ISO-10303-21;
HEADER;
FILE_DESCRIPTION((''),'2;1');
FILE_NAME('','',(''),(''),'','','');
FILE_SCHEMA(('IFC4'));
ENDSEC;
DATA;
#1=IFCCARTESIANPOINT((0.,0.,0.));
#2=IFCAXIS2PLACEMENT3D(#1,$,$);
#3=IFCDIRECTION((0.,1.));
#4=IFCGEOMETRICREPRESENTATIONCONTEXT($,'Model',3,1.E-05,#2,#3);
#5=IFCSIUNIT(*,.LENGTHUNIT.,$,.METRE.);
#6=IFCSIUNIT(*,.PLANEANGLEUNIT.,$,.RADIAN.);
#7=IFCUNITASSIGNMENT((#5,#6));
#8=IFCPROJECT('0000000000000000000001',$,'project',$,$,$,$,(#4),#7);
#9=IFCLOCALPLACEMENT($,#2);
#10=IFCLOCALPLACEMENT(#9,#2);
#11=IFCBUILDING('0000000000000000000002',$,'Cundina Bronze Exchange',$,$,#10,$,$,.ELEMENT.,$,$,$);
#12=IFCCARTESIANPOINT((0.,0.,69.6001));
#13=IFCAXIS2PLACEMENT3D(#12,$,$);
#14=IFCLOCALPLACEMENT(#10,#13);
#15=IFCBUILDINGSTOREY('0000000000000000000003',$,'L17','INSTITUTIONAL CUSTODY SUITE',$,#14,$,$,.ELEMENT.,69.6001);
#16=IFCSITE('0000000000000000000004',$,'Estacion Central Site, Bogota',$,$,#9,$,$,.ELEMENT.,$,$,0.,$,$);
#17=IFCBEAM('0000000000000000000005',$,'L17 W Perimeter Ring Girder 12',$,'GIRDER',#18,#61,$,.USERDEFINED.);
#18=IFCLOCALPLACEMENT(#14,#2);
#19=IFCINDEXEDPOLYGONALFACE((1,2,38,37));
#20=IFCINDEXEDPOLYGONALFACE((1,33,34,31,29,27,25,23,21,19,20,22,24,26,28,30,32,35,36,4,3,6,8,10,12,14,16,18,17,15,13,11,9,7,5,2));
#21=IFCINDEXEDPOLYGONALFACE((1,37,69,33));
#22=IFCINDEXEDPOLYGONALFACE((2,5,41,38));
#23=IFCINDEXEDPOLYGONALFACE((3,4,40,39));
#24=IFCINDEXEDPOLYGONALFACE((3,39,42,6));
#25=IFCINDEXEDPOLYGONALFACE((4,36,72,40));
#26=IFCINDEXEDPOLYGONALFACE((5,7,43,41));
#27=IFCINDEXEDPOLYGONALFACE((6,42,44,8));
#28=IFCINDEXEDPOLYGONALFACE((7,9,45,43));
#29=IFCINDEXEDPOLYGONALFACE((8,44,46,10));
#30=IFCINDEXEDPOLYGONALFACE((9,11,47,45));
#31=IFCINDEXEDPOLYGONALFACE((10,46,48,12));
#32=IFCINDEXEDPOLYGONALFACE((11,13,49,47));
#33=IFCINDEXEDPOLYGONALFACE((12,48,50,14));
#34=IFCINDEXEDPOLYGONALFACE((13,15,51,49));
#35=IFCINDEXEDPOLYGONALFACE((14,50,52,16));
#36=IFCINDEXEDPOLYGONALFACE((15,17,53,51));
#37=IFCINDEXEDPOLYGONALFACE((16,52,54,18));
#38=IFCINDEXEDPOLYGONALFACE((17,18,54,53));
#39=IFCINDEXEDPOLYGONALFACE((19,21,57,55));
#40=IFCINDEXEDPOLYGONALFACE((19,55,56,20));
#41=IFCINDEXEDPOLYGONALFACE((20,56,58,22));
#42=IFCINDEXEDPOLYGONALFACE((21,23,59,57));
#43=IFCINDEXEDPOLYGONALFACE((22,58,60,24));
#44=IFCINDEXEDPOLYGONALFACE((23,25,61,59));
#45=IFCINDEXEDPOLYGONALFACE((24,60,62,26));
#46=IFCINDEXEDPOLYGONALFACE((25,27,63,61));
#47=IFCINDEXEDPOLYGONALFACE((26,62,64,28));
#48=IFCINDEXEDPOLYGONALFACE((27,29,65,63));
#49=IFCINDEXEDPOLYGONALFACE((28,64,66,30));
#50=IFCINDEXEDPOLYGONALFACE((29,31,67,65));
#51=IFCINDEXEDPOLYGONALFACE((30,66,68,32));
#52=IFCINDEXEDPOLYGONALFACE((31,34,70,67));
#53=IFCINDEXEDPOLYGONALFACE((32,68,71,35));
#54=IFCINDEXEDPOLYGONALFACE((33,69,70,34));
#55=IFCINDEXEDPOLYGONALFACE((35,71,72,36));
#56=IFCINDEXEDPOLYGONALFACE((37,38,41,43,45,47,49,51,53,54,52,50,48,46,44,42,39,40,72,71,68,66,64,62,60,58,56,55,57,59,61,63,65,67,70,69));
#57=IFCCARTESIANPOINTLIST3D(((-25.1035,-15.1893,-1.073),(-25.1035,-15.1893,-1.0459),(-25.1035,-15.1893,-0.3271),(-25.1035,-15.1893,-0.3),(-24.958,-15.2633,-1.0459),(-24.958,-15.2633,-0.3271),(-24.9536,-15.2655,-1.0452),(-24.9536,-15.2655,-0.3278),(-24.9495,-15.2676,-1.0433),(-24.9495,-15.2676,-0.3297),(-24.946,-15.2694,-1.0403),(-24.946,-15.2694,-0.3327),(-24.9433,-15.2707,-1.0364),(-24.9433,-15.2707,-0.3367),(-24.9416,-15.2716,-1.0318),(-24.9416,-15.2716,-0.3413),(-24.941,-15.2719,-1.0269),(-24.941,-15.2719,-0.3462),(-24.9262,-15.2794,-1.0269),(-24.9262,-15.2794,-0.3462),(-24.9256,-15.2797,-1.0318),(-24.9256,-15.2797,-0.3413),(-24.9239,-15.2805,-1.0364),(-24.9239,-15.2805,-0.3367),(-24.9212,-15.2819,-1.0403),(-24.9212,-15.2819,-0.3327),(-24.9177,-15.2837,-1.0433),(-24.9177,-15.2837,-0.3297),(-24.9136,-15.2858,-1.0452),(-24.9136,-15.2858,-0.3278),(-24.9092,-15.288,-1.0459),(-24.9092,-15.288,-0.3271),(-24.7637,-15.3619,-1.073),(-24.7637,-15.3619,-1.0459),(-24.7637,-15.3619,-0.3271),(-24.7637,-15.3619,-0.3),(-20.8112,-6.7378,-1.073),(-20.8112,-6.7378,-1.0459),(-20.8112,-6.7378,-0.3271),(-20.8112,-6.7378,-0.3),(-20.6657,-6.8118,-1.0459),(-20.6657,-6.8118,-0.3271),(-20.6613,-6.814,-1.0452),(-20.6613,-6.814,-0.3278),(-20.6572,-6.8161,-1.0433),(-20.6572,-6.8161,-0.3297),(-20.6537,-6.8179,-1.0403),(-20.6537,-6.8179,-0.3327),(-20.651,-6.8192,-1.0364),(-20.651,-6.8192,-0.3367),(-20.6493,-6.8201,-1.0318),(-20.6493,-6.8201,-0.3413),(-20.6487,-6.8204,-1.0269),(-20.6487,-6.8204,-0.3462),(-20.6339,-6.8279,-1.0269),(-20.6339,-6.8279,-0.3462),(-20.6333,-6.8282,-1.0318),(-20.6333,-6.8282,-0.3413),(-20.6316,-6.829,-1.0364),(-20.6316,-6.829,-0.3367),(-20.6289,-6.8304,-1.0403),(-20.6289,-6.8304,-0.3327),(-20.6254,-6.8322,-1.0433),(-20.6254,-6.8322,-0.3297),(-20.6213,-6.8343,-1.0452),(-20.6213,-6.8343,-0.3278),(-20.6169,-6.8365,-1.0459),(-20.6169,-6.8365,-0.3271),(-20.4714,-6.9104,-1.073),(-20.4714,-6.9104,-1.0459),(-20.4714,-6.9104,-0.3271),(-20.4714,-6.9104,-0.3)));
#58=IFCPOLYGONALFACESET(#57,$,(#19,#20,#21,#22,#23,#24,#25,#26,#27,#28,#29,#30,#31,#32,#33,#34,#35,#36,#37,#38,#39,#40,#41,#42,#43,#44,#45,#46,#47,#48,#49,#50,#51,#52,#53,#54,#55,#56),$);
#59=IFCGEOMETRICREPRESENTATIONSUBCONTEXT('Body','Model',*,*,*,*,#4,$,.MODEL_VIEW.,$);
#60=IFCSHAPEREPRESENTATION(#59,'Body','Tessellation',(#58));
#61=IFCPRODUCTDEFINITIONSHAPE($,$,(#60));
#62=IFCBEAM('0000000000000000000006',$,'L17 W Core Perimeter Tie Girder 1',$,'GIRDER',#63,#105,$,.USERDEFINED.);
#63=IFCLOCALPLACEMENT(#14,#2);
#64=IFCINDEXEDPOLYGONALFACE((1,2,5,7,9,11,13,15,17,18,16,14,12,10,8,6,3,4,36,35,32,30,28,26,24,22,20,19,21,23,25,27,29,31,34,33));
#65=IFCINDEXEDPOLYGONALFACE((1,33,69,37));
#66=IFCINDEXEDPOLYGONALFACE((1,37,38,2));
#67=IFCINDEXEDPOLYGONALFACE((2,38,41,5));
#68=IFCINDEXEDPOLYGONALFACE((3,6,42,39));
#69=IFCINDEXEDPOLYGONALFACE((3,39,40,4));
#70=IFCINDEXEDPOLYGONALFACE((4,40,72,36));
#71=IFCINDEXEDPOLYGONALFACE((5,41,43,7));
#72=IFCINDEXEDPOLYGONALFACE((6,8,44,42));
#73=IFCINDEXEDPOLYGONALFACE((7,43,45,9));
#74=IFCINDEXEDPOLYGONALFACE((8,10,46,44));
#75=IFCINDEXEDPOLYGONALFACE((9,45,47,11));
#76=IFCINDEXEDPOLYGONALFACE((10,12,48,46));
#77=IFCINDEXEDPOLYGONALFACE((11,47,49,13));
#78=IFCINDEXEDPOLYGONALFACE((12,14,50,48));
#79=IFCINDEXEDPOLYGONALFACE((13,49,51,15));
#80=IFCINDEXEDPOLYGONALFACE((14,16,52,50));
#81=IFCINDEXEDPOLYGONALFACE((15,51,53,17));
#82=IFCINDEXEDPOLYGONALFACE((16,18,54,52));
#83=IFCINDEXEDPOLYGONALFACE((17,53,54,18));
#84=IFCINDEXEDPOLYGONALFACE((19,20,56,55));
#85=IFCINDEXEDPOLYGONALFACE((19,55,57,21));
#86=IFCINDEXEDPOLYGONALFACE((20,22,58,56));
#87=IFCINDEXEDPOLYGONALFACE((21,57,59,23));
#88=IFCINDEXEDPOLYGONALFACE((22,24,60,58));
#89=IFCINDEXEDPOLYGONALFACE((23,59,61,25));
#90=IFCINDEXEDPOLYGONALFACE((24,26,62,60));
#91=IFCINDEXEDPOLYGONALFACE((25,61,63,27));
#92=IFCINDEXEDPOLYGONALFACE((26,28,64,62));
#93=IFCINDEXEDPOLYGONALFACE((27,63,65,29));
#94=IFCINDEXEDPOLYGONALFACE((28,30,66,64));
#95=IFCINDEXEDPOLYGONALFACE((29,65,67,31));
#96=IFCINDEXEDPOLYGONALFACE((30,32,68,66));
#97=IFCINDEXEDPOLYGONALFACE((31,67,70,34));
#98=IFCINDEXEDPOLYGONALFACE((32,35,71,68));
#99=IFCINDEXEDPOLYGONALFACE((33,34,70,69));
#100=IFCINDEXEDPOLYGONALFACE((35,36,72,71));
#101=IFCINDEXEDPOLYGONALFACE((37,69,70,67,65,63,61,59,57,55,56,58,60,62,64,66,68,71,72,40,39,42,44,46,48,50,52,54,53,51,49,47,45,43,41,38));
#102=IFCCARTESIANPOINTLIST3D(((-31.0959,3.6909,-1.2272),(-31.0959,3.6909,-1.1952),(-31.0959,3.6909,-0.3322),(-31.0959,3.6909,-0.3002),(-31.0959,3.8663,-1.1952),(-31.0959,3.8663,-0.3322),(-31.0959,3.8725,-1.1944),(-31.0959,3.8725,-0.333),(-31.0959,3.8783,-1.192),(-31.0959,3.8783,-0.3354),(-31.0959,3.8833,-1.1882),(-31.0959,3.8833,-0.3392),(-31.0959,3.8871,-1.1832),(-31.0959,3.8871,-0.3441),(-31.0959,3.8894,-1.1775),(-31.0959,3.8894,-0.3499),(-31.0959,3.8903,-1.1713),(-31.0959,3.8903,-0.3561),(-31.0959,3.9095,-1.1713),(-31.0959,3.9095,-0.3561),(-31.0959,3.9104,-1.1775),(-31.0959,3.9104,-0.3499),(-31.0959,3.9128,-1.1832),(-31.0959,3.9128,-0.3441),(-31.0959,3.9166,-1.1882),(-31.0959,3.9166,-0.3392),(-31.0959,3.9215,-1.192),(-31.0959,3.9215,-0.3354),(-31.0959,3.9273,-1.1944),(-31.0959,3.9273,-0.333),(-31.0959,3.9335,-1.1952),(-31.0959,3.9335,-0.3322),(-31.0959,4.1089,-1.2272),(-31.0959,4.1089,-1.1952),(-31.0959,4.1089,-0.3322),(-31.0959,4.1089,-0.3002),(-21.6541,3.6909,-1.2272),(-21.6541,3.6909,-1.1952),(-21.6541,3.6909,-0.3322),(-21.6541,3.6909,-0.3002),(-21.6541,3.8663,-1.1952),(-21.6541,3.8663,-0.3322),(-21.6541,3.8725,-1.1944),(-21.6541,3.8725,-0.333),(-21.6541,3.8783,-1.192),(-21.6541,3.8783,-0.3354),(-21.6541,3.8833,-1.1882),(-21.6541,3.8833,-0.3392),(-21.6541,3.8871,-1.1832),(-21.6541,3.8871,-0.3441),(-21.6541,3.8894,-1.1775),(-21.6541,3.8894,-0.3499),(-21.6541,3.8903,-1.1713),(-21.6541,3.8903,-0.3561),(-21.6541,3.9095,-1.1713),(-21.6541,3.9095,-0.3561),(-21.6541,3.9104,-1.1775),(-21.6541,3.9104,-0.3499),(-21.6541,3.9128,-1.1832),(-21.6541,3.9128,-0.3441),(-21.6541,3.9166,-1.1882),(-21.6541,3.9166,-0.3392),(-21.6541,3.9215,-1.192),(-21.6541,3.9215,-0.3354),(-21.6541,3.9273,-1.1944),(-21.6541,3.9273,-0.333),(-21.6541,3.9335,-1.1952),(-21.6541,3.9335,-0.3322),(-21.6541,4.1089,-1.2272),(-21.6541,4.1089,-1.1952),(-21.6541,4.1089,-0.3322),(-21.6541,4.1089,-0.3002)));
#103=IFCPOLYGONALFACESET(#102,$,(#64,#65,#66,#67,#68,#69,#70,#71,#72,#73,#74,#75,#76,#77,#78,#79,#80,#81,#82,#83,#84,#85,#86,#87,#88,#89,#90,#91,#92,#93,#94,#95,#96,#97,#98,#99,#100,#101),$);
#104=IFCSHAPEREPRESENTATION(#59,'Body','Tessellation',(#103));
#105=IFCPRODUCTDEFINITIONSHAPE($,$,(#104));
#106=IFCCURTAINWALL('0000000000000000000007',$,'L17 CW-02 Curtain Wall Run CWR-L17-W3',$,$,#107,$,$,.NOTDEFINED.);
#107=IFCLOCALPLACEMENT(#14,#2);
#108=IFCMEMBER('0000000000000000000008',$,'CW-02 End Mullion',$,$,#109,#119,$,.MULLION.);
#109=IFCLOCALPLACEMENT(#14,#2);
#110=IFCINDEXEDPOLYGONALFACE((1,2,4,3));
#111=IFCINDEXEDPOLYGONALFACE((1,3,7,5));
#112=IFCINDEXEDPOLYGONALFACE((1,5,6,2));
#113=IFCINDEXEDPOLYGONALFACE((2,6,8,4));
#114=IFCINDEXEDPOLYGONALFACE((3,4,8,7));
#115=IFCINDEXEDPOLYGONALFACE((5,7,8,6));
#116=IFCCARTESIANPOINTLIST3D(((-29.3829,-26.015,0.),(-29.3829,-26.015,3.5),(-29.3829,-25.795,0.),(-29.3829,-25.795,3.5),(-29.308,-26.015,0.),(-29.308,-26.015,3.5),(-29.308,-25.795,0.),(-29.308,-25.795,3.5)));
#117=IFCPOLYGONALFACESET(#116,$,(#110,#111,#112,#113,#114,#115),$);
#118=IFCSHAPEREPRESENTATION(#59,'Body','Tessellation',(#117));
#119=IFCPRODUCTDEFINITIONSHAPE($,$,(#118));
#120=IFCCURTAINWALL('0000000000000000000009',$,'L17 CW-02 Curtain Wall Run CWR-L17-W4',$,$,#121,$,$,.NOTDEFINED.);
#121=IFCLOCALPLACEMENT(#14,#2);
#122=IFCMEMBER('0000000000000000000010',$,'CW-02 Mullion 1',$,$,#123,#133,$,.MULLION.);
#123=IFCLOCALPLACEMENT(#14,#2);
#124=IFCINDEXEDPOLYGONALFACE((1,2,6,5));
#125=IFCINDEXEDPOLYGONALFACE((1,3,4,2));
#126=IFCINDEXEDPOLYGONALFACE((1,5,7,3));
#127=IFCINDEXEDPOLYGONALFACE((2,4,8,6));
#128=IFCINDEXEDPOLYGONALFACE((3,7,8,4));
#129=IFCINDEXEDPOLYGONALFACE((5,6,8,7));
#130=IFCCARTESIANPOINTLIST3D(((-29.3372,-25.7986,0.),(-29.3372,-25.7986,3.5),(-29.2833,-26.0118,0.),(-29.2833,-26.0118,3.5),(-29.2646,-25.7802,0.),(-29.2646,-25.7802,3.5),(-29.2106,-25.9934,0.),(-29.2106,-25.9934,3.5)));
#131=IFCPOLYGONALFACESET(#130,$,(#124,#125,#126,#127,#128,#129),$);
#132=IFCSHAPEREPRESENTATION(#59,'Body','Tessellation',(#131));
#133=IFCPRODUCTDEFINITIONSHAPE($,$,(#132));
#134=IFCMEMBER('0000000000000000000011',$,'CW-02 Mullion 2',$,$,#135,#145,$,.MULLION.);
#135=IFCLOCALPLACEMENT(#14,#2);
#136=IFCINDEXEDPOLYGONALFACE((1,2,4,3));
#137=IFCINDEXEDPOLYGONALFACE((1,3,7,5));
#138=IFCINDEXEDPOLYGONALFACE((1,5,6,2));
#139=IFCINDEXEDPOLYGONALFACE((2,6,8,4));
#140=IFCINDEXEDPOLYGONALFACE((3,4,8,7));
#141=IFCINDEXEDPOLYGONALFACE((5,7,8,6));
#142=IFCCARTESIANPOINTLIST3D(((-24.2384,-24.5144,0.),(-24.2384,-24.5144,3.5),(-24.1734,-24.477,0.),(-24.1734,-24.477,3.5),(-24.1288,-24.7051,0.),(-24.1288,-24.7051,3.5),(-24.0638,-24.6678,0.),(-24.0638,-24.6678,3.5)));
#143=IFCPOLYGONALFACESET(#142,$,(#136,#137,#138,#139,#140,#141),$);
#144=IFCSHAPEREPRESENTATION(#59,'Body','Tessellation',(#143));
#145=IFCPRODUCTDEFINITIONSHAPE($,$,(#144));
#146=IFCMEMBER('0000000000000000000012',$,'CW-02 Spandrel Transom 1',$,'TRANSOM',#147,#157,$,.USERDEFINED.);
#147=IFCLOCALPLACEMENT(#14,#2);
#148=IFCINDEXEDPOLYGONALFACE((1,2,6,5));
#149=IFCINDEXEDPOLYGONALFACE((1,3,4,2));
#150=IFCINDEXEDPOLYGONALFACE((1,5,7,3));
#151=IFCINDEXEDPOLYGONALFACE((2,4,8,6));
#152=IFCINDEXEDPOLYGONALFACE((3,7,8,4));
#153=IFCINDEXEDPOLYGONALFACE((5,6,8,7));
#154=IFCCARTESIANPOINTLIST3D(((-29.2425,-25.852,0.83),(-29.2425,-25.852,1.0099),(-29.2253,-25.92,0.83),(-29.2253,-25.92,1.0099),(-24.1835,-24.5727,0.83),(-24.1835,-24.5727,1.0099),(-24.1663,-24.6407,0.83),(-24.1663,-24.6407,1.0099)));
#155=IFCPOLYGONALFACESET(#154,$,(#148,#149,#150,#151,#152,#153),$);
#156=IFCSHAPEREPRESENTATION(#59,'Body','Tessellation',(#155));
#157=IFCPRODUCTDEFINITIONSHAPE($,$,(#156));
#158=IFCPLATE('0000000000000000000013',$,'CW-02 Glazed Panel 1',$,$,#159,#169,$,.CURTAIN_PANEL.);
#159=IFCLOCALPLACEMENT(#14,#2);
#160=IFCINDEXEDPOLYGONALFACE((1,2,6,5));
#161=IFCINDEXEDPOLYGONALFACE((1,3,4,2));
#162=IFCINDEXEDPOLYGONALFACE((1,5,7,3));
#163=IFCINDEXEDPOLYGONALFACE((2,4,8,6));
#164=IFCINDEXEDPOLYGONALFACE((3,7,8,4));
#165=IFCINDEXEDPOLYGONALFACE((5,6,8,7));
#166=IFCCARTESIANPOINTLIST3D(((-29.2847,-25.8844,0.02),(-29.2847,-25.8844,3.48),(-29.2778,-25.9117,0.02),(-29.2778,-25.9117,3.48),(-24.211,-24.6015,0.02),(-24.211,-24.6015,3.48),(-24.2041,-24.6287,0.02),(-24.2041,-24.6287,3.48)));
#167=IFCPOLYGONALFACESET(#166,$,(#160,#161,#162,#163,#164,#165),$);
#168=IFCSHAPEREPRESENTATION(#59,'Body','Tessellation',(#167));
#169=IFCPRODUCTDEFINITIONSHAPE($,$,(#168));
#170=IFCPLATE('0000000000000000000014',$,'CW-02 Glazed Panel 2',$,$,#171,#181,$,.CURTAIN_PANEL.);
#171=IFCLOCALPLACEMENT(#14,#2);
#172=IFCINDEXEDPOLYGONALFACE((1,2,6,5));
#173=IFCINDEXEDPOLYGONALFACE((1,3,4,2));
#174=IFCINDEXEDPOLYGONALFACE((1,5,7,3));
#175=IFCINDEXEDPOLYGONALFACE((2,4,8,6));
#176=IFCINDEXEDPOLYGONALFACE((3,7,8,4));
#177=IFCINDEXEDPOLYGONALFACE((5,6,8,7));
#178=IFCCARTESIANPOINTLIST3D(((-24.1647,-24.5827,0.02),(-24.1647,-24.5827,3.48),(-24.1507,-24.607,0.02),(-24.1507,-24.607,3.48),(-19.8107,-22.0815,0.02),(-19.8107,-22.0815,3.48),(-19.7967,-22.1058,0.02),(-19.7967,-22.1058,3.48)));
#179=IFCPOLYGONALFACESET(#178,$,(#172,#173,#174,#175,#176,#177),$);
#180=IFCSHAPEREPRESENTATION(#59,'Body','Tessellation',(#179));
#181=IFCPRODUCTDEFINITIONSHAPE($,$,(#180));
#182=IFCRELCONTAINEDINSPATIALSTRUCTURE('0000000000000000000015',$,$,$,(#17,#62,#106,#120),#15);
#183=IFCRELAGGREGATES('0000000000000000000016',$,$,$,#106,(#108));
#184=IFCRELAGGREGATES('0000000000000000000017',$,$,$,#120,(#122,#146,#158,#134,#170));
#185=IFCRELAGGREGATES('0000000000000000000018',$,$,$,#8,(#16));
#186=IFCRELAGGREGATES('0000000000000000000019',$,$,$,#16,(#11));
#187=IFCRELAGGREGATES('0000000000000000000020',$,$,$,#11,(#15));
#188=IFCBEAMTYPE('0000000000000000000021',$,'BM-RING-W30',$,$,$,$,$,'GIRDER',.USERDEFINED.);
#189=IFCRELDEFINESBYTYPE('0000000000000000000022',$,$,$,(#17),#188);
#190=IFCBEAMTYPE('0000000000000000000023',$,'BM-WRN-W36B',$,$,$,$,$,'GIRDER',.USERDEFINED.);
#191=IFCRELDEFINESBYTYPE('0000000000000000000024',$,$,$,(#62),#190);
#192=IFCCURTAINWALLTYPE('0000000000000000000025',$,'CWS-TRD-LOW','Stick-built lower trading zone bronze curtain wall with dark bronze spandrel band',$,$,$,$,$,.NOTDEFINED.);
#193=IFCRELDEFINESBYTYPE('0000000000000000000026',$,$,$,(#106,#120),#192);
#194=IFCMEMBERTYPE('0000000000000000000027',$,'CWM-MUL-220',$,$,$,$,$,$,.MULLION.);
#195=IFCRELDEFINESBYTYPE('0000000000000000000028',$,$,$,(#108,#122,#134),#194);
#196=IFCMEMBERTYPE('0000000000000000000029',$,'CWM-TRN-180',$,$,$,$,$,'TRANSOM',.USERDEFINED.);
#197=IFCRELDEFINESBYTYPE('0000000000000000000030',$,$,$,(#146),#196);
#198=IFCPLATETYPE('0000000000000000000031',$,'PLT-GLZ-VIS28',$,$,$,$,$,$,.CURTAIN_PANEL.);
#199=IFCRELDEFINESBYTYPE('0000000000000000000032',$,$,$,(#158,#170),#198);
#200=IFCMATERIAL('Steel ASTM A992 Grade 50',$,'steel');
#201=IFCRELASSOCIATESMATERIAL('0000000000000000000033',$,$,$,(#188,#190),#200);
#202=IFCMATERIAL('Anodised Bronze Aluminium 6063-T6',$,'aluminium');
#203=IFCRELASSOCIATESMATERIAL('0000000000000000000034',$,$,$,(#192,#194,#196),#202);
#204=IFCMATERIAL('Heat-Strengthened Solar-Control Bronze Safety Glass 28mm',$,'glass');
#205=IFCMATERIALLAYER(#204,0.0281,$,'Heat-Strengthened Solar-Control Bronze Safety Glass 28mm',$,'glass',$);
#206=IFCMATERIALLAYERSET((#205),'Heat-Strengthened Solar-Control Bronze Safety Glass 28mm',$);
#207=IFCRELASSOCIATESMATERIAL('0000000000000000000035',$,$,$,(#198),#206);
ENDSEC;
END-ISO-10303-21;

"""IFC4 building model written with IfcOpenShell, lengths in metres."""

from ifc_helpers import new_model, si_unit, direction, frame, origin, origin_2d, place, context, subcontext, project, spatial, rectangle, i_section, extrude, material, layer, layer_set, material_profile, profile_set, type_object, element, aggregate, save


model = new_model("IFC4")

# Units and contexts
model_context = context("Model", 3, precision=1e-05, world=origin(), true_north=direction((0.0, 1.0)))
body_context = subcontext(model_context, "Body", "Model", "MODEL_VIEW")
ifc_project = project(units=[si_unit("LENGTHUNIT", "METRE"), si_unit("PLANEANGLEUNIT", "RADIAN")], contexts=[model_context])

# Site, building, storey
site_placement = place(None, origin())
site = spatial("IfcSite", under=ifc_project, at=site_placement, Name="Estacion Central Site, Bogota", CompositionType="ELEMENT", RefElevation=0.0)
building_placement = place(site_placement, origin())
building = spatial("IfcBuilding", under=site, at=building_placement, Name="Cundina Bronze Exchange", CompositionType="ELEMENT")
storey_placement = place(building_placement, frame((0.0, 0.0, 69.6001)))
storey = spatial("IfcBuildingStorey", under=building, at=storey_placement, Name="L17", Description="INSTITUTIONAL CUSTODY SUITE", CompositionType="ELEMENT", Elevation=69.6001)

# Shared definitions
ifc_material_1 = material(Name="Steel ASTM A992 Grade 50", Category="steel")

# Beams
ifc_material_profile_1 = material_profile(ifc_material_1, i_section(OverallWidth=0.3811, OverallDepth=0.7729, WebThickness=0.0166, FlangeThickness=0.0271, FilletRadius=0.019, at=origin_2d()), Name="W30X173", Category="steel")
ifc_profile_set_1 = profile_set([ifc_material_profile_1], Name="Steel ASTM A992 Grade 50")
beam_type_1 = type_object("IfcBeamType", Name="BM-RING-W30", ElementType="GIRDER", PredefinedType="USERDEFINED", material=ifc_profile_set_1)
beam_1_placement = place(storey_placement, frame((-24.9336, -15.2756, -0.6865), z_axis=(0.45282, 0.891602, 0.0), x_axis=(-0.891602, 0.45282, 0.0)))
element("IfcBeam", 1, at=beam_1_placement, inside=storey, type_object=beam_type_1, Name="L17 W Perimeter Ring Girder 12", ObjectType="GIRDER", PredefinedType="USERDEFINED", context=body_context, shape_type="SweptSolid", body=[
    extrude(i_section(OverallWidth=0.3811, OverallDepth=0.7729, WebThickness=0.0166, FlangeThickness=0.0271, FilletRadius=0.019, at=origin_2d()), origin(), (0.0, 0.0, 1.0), 9.479),
])
ifc_material_profile_2 = material_profile(ifc_material_1, i_section(OverallWidth=0.418, OverallDepth=0.927, WebThickness=0.0193, FlangeThickness=0.032, FilletRadius=0.0239, at=origin_2d()), Name="W36X231", Category="steel")
ifc_profile_set_2 = profile_set([ifc_material_profile_2], Name="Steel ASTM A992 Grade 50")
beam_type_2 = type_object("IfcBeamType", Name="BM-WRN-W36B", ElementType="GIRDER", PredefinedType="USERDEFINED", material=ifc_profile_set_2)
beam_2_placement = place(storey_placement, frame((-31.0959, 3.8999, -0.7637), z_axis=(1.0, 0.0, 0.0), x_axis=(0.0, 1.0, 0.0)))
element("IfcBeam", 2, at=beam_2_placement, inside=storey, type_object=beam_type_2, Name="L17 W Core Perimeter Tie Girder 1", ObjectType="GIRDER", PredefinedType="USERDEFINED", context=body_context, shape_type="SweptSolid", body=[
    extrude(i_section(OverallWidth=0.418, OverallDepth=0.927, WebThickness=0.0193, FlangeThickness=0.032, FilletRadius=0.0239, at=origin_2d()), origin(), (0.0, 0.0, 1.0), 9.4419),
])

# Curtain wall, member
ifc_material_2 = material(Name="Anodised Bronze Aluminium 6063-T6", Category="aluminium")
curtain_wall_type = type_object("IfcCurtainWallType", Name="CWS-TRD-LOW", Description="Stick-built lower trading zone bronze curtain wall with dark bronze spandrel band", PredefinedType="NOTDEFINED", material=ifc_material_2)
curtain_wall_1_placement = place(storey_placement, origin())
curtain_wall_1 = element("IfcCurtainWall", 3, at=curtain_wall_1_placement, inside=storey, type_object=curtain_wall_type, Name="L17 CW-02 Curtain Wall Run CWR-L17-W3", PredefinedType="NOTDEFINED")
ifc_material_profile_3 = material_profile(ifc_material_2, rectangle(XDim=0.075, YDim=0.22, at=origin_2d()), Name="AL75X220", Category="aluminium")
ifc_profile_set_3 = profile_set([ifc_material_profile_3], Name="Anodised Bronze Aluminium 6063-T6")
member_type_1 = type_object("IfcMemberType", Name="CWM-MUL-220", PredefinedType="MULLION", material=ifc_profile_set_3)
member_1_placement = place(storey_placement, frame((-29.3455, -25.905, 0.0), z_axis=(0.0, 0.0, 1.0), x_axis=(1.0, 0.0, 0.0)))
member_1 = element("IfcMember", 4, at=member_1_placement, type_object=member_type_1, Name="CW-02 End Mullion", PredefinedType="MULLION", context=body_context, shape_type="SweptSolid", body=[
    extrude(rectangle(XDim=0.075, YDim=0.22, at=origin_2d()), origin(), (0.0, 0.0, 1.0), 3.5),
])
aggregate(curtain_wall_1, [member_1])

# Curtain wall, members, plates
curtain_wall_2_placement = place(storey_placement, origin())
curtain_wall_2 = element("IfcCurtainWall", 5, at=curtain_wall_2_placement, inside=storey, type_object=curtain_wall_type, Name="L17 CW-02 Curtain Wall Run CWR-L17-W4", PredefinedType="NOTDEFINED")
member_2_placement = place(storey_placement, frame((-29.2739, -25.896, 0.0), z_axis=(0.0, 0.0, 1.0), x_axis=(0.969488, 0.245138, 0.0)))
member_2 = element("IfcMember", 6, at=member_2_placement, type_object=member_type_1, Name="CW-02 Mullion 1", PredefinedType="MULLION", context=body_context, shape_type="SweptSolid", body=[
    extrude(rectangle(XDim=0.075, YDim=0.22, at=origin_2d()), origin(), (0.0, 0.0, 1.0), 3.5),
])
member_3_placement = place(storey_placement, frame((-24.1511, -24.5911, 0.0), z_axis=(0.0, 0.0, 1.0), x_axis=(0.867071, 0.498185, 0.0)))
member_3 = element("IfcMember", 7, at=member_3_placement, type_object=member_type_1, Name="CW-02 Mullion 2", PredefinedType="MULLION", context=body_context, shape_type="SweptSolid", body=[
    extrude(rectangle(XDim=0.075, YDim=0.22, at=origin_2d()), origin(), (0.0, 0.0, 1.0), 3.5),
])
ifc_material_profile_4 = material_profile(ifc_material_2, rectangle(XDim=0.0701, YDim=0.1799, at=origin_2d()), Name="AL70X180", Category="aluminium")
ifc_profile_set_4 = profile_set([ifc_material_profile_4], Name="Anodised Bronze Aluminium 6063-T6")
member_type_2 = type_object("IfcMemberType", Name="CWM-TRN-180", ElementType="TRANSOM", PredefinedType="USERDEFINED", material=ifc_profile_set_4)
member_4_placement = place(storey_placement, frame((-29.2339, -25.886, 0.9199), z_axis=(0.969484, 0.245155, 0.0), x_axis=(-0.245155, 0.969484, 0.0)))
member_4 = element("IfcMember", 8, at=member_4_placement, type_object=member_type_2, Name="CW-02 Spandrel Transom 1", ObjectType="TRANSOM", PredefinedType="USERDEFINED", context=body_context, shape_type="SweptSolid", body=[
    extrude(rectangle(XDim=0.0701, YDim=0.1799, at=origin_2d()), origin(), (0.0, 0.0, 1.0), 5.2183),
])
ifc_material_3 = material(Name="Heat-Strengthened Solar-Control Bronze Safety Glass 28mm", Category="glass")
ifc_layer_1 = layer(ifc_material_3, 0.0281, Name="Heat-Strengthened Solar-Control Bronze Safety Glass 28mm", Category="glass")
ifc_layer_set_1 = layer_set([ifc_layer_1], Name="Heat-Strengthened Solar-Control Bronze Safety Glass 28mm")
plate_type = type_object("IfcPlateType", Name="PLT-GLZ-VIS28", PredefinedType="CURTAIN_PANEL", material=ifc_layer_set_1)
plate_1_placement = place(storey_placement, frame((-26.7444, -25.2566, 0.02), z_axis=(0.0, 0.0, 1.0), x_axis=(0.969488, 0.245138, 0.0)))
plate_1 = element("IfcPlate", 9, at=plate_1_placement, type_object=plate_type, Name="CW-02 Glazed Panel 1", PredefinedType="CURTAIN_PANEL", context=body_context, shape_type="SweptSolid", body=[
    extrude(rectangle(XDim=5.2334, YDim=0.0281, at=origin_2d()), origin(), (0.0, 0.0, 1.0), 3.46),
])
plate_2_placement = place(storey_placement, frame((-21.9807, -23.3442, 0.02), z_axis=(0.0, 0.0, 1.0), x_axis=(0.867105, 0.498125, 0.0)))
plate_2 = element("IfcPlate", 10, at=plate_2_placement, type_object=plate_type, Name="CW-02 Glazed Panel 2", PredefinedType="CURTAIN_PANEL", context=body_context, shape_type="SweptSolid", body=[
    extrude(rectangle(XDim=5.0212, YDim=0.0281, at=origin_2d()), origin(), (0.0, 0.0, 1.0), 3.46),
])
aggregate(curtain_wall_2, [member_2, member_4, plate_1, member_3, plate_2])

save(model, "model.ifc")
